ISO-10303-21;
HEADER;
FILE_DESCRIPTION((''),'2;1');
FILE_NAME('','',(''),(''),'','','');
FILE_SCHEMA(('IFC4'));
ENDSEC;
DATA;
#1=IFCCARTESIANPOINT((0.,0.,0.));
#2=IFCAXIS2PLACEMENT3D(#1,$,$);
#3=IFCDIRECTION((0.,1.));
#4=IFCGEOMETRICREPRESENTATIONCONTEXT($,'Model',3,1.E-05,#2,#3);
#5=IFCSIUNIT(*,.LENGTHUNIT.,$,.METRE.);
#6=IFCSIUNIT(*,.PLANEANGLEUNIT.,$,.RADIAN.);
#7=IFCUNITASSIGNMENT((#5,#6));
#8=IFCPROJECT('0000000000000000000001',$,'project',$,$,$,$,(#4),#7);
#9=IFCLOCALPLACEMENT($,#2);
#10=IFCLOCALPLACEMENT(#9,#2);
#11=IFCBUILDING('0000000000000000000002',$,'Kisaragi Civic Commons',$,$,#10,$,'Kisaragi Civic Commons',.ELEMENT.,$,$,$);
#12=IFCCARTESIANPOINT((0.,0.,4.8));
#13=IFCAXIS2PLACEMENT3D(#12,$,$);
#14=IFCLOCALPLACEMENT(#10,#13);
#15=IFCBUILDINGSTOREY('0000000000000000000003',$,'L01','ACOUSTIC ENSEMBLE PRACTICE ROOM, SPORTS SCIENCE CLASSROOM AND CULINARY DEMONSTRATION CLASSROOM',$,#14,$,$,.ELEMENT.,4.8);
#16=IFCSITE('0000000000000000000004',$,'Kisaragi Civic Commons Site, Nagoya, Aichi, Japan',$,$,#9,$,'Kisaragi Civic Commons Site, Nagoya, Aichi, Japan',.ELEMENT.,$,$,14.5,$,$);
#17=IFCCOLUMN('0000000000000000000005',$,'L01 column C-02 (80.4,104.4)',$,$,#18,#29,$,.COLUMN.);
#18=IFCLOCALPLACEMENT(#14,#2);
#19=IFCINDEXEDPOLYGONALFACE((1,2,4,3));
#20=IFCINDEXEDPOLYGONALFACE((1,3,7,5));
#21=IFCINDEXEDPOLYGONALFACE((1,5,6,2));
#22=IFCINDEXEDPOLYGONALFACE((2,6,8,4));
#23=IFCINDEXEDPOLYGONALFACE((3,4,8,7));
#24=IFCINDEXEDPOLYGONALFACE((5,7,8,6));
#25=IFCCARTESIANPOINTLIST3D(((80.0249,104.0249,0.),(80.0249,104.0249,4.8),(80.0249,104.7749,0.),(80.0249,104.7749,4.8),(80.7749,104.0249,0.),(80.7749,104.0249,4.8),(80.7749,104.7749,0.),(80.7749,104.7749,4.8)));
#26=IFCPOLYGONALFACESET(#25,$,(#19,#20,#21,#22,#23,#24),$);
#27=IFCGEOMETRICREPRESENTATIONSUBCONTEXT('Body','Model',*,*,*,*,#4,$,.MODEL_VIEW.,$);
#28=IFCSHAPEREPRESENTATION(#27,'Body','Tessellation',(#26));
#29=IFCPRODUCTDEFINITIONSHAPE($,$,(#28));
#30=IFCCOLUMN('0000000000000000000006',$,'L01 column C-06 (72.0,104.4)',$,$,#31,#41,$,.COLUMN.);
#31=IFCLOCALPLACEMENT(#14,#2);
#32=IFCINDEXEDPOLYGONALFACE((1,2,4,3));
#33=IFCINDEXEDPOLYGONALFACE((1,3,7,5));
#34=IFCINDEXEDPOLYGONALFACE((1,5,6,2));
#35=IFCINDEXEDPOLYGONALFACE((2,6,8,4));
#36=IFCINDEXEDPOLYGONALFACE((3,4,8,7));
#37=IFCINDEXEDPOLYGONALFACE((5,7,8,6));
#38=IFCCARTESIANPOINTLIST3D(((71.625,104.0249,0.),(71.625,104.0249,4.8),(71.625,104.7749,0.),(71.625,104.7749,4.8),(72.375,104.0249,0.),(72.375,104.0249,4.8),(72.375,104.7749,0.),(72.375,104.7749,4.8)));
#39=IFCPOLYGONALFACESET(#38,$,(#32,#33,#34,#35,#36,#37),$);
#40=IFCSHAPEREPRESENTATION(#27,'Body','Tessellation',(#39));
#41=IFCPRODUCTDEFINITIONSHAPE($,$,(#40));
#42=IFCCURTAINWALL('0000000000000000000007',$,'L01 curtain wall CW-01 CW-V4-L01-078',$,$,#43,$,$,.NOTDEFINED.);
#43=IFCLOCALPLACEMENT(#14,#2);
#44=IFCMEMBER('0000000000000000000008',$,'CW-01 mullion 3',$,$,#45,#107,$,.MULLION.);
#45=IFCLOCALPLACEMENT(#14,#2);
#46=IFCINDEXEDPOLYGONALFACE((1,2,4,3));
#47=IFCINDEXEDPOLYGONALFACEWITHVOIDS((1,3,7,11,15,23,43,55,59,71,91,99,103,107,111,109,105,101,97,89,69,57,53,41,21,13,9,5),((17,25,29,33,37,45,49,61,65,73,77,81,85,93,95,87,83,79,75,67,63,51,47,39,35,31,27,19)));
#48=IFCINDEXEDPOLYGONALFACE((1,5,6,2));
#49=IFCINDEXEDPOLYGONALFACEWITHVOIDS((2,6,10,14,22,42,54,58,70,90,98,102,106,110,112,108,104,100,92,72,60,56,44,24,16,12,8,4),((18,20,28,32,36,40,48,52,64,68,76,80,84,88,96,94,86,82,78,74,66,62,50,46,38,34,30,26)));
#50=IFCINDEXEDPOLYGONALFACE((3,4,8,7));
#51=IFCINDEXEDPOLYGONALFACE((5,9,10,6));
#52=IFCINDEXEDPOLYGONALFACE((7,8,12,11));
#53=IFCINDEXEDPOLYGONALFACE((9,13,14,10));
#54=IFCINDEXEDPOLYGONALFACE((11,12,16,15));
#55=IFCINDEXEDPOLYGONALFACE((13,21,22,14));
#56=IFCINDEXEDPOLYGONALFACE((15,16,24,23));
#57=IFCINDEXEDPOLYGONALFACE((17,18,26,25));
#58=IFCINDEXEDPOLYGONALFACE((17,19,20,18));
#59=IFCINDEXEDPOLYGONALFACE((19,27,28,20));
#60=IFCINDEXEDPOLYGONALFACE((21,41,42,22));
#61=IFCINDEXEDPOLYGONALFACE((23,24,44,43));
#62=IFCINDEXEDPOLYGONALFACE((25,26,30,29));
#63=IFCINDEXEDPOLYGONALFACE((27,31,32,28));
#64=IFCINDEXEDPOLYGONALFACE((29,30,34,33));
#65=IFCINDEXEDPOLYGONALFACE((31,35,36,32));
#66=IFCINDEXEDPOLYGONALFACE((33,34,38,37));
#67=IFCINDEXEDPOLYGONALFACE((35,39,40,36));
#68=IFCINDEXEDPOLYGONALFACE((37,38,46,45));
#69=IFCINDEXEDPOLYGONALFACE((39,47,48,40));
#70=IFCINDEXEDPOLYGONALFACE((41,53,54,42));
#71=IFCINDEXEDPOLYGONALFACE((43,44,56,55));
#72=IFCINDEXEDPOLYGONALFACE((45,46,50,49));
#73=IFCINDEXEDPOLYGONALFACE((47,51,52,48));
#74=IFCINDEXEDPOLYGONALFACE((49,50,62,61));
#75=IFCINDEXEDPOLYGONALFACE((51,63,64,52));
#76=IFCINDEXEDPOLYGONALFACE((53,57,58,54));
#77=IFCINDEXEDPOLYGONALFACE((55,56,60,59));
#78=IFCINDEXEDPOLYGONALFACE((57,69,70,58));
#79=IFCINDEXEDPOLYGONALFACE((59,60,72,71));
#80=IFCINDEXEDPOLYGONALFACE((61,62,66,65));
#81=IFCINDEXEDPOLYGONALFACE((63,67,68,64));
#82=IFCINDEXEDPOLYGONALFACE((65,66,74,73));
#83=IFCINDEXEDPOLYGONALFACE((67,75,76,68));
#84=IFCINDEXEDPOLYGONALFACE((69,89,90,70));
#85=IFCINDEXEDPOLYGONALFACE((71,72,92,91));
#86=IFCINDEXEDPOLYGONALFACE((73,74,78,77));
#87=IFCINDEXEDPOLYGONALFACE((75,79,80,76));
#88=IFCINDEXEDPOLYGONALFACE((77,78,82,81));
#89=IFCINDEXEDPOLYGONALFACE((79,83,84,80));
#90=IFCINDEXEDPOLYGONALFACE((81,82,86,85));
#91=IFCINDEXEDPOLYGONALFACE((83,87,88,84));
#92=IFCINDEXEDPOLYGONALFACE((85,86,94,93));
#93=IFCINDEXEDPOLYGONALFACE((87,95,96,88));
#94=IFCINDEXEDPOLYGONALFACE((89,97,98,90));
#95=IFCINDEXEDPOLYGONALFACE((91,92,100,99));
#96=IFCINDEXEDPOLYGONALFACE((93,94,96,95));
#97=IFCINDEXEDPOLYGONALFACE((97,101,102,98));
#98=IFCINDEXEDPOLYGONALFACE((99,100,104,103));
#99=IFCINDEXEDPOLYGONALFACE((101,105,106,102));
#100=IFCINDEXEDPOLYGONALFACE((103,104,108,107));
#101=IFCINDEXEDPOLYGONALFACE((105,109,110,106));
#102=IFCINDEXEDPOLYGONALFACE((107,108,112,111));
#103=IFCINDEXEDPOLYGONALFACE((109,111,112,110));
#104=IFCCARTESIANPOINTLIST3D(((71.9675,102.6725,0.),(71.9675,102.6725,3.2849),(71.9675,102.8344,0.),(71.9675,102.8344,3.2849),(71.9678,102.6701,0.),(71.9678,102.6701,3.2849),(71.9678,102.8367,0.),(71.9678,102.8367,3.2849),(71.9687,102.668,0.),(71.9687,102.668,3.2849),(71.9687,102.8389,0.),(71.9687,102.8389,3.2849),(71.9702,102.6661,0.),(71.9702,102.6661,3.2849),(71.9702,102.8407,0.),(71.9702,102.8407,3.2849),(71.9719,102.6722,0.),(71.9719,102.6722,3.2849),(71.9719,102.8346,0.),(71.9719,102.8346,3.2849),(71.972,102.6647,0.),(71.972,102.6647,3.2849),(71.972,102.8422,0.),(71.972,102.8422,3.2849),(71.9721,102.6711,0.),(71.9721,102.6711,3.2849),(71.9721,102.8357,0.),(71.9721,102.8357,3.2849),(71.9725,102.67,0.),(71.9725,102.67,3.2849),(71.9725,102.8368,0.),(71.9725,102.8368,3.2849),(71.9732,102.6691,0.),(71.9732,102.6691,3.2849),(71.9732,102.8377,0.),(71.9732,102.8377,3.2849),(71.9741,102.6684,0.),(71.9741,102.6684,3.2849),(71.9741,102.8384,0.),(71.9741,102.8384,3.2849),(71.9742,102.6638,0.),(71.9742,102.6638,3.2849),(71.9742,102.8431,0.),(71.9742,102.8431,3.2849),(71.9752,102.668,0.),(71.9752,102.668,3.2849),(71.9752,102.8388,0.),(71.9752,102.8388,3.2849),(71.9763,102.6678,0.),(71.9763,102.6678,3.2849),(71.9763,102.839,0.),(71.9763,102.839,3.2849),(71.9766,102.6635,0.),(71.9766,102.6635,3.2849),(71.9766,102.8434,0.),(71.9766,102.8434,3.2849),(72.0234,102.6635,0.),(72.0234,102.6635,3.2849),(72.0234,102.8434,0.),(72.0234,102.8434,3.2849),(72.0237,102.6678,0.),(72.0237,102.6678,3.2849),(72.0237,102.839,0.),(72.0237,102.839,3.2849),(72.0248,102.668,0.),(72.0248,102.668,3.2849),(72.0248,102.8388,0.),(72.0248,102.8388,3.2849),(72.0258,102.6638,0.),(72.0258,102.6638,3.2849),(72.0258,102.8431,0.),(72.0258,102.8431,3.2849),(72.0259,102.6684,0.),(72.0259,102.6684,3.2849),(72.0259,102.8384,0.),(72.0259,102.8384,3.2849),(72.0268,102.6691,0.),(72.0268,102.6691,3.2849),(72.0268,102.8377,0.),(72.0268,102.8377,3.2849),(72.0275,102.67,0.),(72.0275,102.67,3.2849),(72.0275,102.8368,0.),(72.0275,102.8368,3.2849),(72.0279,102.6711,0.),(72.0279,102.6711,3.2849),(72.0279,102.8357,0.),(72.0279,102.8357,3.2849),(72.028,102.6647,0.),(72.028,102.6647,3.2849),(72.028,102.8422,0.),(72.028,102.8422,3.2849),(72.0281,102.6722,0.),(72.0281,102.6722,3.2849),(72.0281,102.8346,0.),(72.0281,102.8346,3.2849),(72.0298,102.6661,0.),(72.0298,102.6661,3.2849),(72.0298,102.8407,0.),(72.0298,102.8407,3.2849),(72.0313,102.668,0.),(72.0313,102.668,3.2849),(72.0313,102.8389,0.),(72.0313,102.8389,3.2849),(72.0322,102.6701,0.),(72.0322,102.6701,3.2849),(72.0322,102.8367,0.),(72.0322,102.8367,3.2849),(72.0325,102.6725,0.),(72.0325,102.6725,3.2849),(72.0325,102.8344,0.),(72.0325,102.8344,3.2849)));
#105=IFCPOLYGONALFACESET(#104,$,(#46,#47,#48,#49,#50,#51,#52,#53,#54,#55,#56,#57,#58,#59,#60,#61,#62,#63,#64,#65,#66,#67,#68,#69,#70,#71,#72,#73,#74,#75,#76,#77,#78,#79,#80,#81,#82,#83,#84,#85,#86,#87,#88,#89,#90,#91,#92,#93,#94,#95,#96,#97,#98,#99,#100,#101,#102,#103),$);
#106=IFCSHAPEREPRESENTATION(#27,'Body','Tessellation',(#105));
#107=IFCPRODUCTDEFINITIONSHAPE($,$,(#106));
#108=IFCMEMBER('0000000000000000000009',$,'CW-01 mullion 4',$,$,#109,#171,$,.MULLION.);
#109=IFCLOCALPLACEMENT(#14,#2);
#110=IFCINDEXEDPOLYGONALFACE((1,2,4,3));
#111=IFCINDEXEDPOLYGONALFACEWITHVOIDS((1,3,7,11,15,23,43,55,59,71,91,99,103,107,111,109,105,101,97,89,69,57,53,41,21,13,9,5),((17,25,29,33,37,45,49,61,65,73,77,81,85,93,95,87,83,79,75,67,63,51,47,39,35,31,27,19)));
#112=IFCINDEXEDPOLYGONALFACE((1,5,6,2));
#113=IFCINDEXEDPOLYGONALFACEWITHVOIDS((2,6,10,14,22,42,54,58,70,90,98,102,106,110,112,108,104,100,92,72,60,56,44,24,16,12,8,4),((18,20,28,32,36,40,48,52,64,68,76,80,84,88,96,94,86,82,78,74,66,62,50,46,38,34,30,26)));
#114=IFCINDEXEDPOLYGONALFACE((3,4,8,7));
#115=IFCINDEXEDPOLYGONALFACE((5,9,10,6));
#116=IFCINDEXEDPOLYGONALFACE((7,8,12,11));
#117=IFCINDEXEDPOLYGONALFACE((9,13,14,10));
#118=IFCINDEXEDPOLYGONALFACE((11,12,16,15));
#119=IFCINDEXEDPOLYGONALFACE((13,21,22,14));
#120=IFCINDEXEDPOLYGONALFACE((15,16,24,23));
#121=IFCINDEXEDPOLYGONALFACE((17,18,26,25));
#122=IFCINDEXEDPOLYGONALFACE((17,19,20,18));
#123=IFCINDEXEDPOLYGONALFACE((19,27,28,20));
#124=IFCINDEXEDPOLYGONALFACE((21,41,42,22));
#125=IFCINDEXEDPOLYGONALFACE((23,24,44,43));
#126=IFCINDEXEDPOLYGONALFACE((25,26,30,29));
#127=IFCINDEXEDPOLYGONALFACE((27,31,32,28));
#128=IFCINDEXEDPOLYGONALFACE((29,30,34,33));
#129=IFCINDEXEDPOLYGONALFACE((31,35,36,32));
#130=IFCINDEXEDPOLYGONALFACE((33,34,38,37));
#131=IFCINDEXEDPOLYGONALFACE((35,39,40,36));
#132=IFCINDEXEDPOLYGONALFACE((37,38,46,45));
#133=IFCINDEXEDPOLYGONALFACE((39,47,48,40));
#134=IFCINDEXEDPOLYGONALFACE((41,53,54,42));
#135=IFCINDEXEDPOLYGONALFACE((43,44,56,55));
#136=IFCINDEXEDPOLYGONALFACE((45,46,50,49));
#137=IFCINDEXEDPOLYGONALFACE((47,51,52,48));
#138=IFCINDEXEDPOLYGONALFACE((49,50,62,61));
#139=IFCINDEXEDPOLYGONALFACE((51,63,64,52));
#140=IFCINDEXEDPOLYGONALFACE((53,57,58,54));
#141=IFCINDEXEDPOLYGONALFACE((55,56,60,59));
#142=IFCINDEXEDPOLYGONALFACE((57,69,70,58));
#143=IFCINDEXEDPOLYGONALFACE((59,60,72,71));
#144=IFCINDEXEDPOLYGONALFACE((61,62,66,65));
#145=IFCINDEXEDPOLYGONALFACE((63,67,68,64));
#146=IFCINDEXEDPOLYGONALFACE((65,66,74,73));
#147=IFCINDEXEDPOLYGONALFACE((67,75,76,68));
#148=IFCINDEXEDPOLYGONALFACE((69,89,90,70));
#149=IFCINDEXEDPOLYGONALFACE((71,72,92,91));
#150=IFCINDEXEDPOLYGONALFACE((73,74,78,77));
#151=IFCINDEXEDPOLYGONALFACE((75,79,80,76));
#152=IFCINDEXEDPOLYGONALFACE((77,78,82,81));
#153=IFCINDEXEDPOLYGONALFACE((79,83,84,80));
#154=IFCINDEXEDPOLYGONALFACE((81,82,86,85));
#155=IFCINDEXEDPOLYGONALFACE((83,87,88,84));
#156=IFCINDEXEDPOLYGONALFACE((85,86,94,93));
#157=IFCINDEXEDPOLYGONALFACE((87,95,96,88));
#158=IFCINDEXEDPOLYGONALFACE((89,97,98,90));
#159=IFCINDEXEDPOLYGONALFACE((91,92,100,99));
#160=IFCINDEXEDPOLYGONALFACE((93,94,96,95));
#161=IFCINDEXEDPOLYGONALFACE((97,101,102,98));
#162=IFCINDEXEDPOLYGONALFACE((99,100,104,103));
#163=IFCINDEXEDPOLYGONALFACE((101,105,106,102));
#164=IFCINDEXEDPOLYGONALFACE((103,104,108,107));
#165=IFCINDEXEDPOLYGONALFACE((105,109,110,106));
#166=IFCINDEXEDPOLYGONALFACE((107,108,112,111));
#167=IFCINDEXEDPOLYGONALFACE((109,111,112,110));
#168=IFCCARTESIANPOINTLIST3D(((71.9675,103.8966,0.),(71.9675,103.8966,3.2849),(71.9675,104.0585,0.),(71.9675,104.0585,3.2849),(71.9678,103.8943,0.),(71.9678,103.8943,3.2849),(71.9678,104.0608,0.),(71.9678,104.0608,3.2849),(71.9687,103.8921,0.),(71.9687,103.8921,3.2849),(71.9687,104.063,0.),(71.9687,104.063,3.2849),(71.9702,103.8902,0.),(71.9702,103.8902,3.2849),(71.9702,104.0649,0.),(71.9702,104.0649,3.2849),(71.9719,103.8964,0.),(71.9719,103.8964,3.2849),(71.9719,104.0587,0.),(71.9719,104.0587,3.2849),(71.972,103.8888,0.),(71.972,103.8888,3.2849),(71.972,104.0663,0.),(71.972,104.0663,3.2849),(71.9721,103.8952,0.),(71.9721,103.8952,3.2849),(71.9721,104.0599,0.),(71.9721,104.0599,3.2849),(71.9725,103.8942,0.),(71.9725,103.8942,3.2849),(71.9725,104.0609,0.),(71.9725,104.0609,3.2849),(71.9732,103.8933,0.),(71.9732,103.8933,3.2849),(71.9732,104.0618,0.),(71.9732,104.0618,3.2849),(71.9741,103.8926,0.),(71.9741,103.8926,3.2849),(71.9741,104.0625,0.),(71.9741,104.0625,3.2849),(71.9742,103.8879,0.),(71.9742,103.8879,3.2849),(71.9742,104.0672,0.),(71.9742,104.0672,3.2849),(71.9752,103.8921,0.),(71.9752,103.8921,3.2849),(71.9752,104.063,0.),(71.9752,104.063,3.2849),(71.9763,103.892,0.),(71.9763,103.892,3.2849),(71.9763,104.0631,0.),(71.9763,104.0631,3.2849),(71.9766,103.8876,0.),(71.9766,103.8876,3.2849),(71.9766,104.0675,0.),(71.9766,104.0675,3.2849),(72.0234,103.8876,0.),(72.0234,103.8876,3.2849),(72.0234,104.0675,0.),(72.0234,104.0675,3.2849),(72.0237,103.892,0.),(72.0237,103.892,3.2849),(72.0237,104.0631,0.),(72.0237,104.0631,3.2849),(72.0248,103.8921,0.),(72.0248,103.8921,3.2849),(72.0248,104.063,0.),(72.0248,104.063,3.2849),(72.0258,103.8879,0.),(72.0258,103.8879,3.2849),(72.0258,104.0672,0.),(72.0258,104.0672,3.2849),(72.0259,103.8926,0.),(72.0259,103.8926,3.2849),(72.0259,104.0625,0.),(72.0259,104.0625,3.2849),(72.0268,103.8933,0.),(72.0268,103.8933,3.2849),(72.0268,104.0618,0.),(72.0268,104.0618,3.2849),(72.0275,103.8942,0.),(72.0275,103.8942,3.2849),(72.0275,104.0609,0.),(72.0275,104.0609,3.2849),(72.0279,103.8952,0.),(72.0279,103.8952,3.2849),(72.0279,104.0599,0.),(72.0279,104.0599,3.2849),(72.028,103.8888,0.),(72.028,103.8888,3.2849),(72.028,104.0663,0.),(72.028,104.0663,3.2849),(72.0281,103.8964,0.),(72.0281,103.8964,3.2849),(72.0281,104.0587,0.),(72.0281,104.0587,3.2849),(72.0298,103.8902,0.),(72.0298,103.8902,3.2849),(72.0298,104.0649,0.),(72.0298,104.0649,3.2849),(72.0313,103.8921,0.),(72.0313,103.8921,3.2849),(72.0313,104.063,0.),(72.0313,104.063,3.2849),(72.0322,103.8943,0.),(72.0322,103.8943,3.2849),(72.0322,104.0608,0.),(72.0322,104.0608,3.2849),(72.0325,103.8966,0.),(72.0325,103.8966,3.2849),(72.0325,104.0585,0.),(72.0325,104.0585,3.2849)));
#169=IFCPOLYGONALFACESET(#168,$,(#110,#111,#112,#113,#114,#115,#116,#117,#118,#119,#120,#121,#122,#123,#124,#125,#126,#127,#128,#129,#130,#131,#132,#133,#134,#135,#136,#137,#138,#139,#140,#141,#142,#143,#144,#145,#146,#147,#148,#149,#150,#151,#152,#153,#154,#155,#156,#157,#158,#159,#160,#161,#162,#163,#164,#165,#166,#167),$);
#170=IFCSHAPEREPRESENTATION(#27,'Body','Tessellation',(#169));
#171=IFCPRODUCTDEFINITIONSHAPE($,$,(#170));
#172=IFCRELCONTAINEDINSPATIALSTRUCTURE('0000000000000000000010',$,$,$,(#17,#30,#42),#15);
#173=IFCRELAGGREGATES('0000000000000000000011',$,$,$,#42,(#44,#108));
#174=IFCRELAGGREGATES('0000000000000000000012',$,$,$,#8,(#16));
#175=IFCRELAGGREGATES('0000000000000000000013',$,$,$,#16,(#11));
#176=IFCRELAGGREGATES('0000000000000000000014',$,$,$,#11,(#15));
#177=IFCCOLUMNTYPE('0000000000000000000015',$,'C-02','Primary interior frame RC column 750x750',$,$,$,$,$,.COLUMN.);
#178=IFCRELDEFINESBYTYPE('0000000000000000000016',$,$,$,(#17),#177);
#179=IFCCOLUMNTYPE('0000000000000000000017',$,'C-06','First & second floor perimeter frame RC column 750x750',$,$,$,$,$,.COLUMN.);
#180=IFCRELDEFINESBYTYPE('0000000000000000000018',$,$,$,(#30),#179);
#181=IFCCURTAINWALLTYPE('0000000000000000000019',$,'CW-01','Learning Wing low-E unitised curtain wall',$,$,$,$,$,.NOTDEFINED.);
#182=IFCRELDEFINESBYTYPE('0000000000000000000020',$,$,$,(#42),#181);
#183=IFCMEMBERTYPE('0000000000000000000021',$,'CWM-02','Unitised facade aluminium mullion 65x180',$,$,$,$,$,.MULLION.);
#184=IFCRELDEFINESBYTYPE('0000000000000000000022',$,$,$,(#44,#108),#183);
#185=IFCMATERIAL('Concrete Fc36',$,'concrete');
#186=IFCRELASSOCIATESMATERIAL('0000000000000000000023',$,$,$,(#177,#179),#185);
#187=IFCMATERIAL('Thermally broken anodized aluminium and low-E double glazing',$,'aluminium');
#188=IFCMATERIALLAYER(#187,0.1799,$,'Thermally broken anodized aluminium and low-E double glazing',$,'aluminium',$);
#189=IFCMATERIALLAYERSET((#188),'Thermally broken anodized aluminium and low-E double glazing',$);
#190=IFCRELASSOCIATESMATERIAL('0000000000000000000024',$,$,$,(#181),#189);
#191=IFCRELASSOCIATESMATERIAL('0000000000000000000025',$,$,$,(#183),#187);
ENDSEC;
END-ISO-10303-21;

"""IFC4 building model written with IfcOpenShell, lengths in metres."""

from ifc_helpers import new_model, si_unit, direction, frame, origin, origin_2d, place, context, subcontext, project, spatial, rectangle, hollow_rectangle, extrude, material, layer, layer_set, material_profile, profile_set, type_object, element, aggregate, save


model = new_model("IFC4")

# Units and contexts
model_context = context("Model", 3, precision=1e-05, world=origin(), true_north=direction((0.0, 1.0)))
body_context = subcontext(model_context, "Body", "Model", "MODEL_VIEW")
ifc_project = project(units=[si_unit("LENGTHUNIT", "METRE"), si_unit("PLANEANGLEUNIT", "RADIAN")], contexts=[model_context])

# Site, building, storey
site_placement = place(None, origin())
site = spatial("IfcSite", under=ifc_project, at=site_placement, Name="Kisaragi Civic Commons Site, Nagoya, Aichi, Japan", LongName="Kisaragi Civic Commons Site, Nagoya, Aichi, Japan", CompositionType="ELEMENT", RefElevation=14.5)
building_placement = place(site_placement, origin())
building = spatial("IfcBuilding", under=site, at=building_placement, Name="Kisaragi Civic Commons", LongName="Kisaragi Civic Commons", CompositionType="ELEMENT")
storey_placement = place(building_placement, frame((0.0, 0.0, 4.8)))
storey = spatial("IfcBuildingStorey", under=building, at=storey_placement, Name="L01", Description="ACOUSTIC ENSEMBLE PRACTICE ROOM, SPORTS SCIENCE CLASSROOM AND CULINARY DEMONSTRATION CLASSROOM", CompositionType="ELEMENT", Elevation=4.8)

# Columns
ifc_material_1 = material(Name="Concrete Fc36", Category="concrete")
ifc_material_profile_1 = material_profile(ifc_material_1, rectangle(XDim=0.75, YDim=0.75, at=origin_2d()), Name="RC-750x750", Category="concrete")
ifc_profile_set_1 = profile_set([ifc_material_profile_1], Name="Concrete Fc36")
column_type_1 = type_object("IfcColumnType", Name="C-02", Description="Primary interior frame RC column 750x750", PredefinedType="COLUMN", material=ifc_profile_set_1)
column_1_placement = place(storey_placement, frame((80.3999, 104.3999, 0.0), z_axis=(0.0, 0.0, 1.0), x_axis=(1.0, 0.0, 0.0)))
element("IfcColumn", 1, at=column_1_placement, inside=storey, type_object=column_type_1, Name="L01 column C-02 (80.4,104.4)", PredefinedType="COLUMN", context=body_context, shape_type="SweptSolid", body=[
    extrude(rectangle(XDim=0.75, YDim=0.75, at=origin_2d()), origin(), (0.0, 0.0, 1.0), 4.8),
])
ifc_material_profile_2 = material_profile(ifc_material_1, rectangle(XDim=0.75, YDim=0.75, at=origin_2d()), Name="RC-750x750", Category="concrete")
ifc_profile_set_2 = profile_set([ifc_material_profile_2], Name="Concrete Fc36")
column_type_2 = type_object("IfcColumnType", Name="C-06", Description="First & second floor perimeter frame RC column 750x750", PredefinedType="COLUMN", material=ifc_profile_set_2)
column_2_placement = place(storey_placement, frame((72.0, 104.3999, 0.0), z_axis=(0.0, 0.0, 1.0), x_axis=(1.0, 0.0, 0.0)))
element("IfcColumn", 2, at=column_2_placement, inside=storey, type_object=column_type_2, Name="L01 column C-06 (72.0,104.4)", PredefinedType="COLUMN", context=body_context, shape_type="SweptSolid", body=[
    extrude(rectangle(XDim=0.75, YDim=0.75, at=origin_2d()), origin(), (0.0, 0.0, 1.0), 4.8),
])

# Curtain wall, members
ifc_material_2 = material(Name="Thermally broken anodized aluminium and low-E double glazing", Category="aluminium")
ifc_layer_1 = layer(ifc_material_2, 0.1799, Name="Thermally broken anodized aluminium and low-E double glazing", Category="aluminium")
ifc_layer_set_1 = layer_set([ifc_layer_1], Name="Thermally broken anodized aluminium and low-E double glazing")
curtain_wall_type = type_object("IfcCurtainWallType", Name="CW-01", Description="Learning Wing low-E unitised curtain wall", PredefinedType="NOTDEFINED", material=ifc_layer_set_1)
curtain_wall_placement = place(storey_placement, origin())
curtain_wall = element("IfcCurtainWall", 3, at=curtain_wall_placement, inside=storey, type_object=curtain_wall_type, Name="L01 curtain wall CW-01 CW-V4-L01-078", PredefinedType="NOTDEFINED")
ifc_material_profile_3 = material_profile(ifc_material_2, hollow_rectangle(XDim=0.0649, YDim=0.1799, WallThickness=0.0044, InnerFilletRadius=0.0044, OuterFilletRadius=0.009, at=origin_2d()), Name="CWM-65x180x4.5", Category="aluminium")
ifc_profile_set_3 = profile_set([ifc_material_profile_3], Name="Thermally broken anodized aluminium and low-E double glazing")
member_type_1 = type_object("IfcMemberType", Name="CWM-02", Description="Unitised facade aluminium mullion 65x180", PredefinedType="MULLION", material=ifc_profile_set_3)
member_1_placement = place(storey_placement, frame((72.0, 102.7534, 0.0), z_axis=(0.0, 0.0, 1.0), x_axis=(-1.0, 0.0, 0.0)))
member_1 = element("IfcMember", 4, at=member_1_placement, type_object=member_type_1, Name="CW-01 mullion 3", PredefinedType="MULLION", context=body_context, shape_type="SweptSolid", body=[
    extrude(hollow_rectangle(XDim=0.0649, YDim=0.1799, WallThickness=0.0044, InnerFilletRadius=0.0044, OuterFilletRadius=0.009, at=origin_2d()), origin(), (0.0, 0.0, 1.0), 3.2849),
])
member_2_placement = place(storey_placement, frame((72.0, 103.9775, 0.0), z_axis=(0.0, 0.0, 1.0), x_axis=(-1.0, 0.0, 0.0)))
member_2 = element("IfcMember", 5, at=member_2_placement, type_object=member_type_1, Name="CW-01 mullion 4", PredefinedType="MULLION", context=body_context, shape_type="SweptSolid", body=[
    extrude(hollow_rectangle(XDim=0.0649, YDim=0.1799, WallThickness=0.0044, InnerFilletRadius=0.0044, OuterFilletRadius=0.009, at=origin_2d()), origin(), (0.0, 0.0, 1.0), 3.2849),
])

aggregate(curtain_wall, [member_1, member_2])

save(model, "model.ifc")
